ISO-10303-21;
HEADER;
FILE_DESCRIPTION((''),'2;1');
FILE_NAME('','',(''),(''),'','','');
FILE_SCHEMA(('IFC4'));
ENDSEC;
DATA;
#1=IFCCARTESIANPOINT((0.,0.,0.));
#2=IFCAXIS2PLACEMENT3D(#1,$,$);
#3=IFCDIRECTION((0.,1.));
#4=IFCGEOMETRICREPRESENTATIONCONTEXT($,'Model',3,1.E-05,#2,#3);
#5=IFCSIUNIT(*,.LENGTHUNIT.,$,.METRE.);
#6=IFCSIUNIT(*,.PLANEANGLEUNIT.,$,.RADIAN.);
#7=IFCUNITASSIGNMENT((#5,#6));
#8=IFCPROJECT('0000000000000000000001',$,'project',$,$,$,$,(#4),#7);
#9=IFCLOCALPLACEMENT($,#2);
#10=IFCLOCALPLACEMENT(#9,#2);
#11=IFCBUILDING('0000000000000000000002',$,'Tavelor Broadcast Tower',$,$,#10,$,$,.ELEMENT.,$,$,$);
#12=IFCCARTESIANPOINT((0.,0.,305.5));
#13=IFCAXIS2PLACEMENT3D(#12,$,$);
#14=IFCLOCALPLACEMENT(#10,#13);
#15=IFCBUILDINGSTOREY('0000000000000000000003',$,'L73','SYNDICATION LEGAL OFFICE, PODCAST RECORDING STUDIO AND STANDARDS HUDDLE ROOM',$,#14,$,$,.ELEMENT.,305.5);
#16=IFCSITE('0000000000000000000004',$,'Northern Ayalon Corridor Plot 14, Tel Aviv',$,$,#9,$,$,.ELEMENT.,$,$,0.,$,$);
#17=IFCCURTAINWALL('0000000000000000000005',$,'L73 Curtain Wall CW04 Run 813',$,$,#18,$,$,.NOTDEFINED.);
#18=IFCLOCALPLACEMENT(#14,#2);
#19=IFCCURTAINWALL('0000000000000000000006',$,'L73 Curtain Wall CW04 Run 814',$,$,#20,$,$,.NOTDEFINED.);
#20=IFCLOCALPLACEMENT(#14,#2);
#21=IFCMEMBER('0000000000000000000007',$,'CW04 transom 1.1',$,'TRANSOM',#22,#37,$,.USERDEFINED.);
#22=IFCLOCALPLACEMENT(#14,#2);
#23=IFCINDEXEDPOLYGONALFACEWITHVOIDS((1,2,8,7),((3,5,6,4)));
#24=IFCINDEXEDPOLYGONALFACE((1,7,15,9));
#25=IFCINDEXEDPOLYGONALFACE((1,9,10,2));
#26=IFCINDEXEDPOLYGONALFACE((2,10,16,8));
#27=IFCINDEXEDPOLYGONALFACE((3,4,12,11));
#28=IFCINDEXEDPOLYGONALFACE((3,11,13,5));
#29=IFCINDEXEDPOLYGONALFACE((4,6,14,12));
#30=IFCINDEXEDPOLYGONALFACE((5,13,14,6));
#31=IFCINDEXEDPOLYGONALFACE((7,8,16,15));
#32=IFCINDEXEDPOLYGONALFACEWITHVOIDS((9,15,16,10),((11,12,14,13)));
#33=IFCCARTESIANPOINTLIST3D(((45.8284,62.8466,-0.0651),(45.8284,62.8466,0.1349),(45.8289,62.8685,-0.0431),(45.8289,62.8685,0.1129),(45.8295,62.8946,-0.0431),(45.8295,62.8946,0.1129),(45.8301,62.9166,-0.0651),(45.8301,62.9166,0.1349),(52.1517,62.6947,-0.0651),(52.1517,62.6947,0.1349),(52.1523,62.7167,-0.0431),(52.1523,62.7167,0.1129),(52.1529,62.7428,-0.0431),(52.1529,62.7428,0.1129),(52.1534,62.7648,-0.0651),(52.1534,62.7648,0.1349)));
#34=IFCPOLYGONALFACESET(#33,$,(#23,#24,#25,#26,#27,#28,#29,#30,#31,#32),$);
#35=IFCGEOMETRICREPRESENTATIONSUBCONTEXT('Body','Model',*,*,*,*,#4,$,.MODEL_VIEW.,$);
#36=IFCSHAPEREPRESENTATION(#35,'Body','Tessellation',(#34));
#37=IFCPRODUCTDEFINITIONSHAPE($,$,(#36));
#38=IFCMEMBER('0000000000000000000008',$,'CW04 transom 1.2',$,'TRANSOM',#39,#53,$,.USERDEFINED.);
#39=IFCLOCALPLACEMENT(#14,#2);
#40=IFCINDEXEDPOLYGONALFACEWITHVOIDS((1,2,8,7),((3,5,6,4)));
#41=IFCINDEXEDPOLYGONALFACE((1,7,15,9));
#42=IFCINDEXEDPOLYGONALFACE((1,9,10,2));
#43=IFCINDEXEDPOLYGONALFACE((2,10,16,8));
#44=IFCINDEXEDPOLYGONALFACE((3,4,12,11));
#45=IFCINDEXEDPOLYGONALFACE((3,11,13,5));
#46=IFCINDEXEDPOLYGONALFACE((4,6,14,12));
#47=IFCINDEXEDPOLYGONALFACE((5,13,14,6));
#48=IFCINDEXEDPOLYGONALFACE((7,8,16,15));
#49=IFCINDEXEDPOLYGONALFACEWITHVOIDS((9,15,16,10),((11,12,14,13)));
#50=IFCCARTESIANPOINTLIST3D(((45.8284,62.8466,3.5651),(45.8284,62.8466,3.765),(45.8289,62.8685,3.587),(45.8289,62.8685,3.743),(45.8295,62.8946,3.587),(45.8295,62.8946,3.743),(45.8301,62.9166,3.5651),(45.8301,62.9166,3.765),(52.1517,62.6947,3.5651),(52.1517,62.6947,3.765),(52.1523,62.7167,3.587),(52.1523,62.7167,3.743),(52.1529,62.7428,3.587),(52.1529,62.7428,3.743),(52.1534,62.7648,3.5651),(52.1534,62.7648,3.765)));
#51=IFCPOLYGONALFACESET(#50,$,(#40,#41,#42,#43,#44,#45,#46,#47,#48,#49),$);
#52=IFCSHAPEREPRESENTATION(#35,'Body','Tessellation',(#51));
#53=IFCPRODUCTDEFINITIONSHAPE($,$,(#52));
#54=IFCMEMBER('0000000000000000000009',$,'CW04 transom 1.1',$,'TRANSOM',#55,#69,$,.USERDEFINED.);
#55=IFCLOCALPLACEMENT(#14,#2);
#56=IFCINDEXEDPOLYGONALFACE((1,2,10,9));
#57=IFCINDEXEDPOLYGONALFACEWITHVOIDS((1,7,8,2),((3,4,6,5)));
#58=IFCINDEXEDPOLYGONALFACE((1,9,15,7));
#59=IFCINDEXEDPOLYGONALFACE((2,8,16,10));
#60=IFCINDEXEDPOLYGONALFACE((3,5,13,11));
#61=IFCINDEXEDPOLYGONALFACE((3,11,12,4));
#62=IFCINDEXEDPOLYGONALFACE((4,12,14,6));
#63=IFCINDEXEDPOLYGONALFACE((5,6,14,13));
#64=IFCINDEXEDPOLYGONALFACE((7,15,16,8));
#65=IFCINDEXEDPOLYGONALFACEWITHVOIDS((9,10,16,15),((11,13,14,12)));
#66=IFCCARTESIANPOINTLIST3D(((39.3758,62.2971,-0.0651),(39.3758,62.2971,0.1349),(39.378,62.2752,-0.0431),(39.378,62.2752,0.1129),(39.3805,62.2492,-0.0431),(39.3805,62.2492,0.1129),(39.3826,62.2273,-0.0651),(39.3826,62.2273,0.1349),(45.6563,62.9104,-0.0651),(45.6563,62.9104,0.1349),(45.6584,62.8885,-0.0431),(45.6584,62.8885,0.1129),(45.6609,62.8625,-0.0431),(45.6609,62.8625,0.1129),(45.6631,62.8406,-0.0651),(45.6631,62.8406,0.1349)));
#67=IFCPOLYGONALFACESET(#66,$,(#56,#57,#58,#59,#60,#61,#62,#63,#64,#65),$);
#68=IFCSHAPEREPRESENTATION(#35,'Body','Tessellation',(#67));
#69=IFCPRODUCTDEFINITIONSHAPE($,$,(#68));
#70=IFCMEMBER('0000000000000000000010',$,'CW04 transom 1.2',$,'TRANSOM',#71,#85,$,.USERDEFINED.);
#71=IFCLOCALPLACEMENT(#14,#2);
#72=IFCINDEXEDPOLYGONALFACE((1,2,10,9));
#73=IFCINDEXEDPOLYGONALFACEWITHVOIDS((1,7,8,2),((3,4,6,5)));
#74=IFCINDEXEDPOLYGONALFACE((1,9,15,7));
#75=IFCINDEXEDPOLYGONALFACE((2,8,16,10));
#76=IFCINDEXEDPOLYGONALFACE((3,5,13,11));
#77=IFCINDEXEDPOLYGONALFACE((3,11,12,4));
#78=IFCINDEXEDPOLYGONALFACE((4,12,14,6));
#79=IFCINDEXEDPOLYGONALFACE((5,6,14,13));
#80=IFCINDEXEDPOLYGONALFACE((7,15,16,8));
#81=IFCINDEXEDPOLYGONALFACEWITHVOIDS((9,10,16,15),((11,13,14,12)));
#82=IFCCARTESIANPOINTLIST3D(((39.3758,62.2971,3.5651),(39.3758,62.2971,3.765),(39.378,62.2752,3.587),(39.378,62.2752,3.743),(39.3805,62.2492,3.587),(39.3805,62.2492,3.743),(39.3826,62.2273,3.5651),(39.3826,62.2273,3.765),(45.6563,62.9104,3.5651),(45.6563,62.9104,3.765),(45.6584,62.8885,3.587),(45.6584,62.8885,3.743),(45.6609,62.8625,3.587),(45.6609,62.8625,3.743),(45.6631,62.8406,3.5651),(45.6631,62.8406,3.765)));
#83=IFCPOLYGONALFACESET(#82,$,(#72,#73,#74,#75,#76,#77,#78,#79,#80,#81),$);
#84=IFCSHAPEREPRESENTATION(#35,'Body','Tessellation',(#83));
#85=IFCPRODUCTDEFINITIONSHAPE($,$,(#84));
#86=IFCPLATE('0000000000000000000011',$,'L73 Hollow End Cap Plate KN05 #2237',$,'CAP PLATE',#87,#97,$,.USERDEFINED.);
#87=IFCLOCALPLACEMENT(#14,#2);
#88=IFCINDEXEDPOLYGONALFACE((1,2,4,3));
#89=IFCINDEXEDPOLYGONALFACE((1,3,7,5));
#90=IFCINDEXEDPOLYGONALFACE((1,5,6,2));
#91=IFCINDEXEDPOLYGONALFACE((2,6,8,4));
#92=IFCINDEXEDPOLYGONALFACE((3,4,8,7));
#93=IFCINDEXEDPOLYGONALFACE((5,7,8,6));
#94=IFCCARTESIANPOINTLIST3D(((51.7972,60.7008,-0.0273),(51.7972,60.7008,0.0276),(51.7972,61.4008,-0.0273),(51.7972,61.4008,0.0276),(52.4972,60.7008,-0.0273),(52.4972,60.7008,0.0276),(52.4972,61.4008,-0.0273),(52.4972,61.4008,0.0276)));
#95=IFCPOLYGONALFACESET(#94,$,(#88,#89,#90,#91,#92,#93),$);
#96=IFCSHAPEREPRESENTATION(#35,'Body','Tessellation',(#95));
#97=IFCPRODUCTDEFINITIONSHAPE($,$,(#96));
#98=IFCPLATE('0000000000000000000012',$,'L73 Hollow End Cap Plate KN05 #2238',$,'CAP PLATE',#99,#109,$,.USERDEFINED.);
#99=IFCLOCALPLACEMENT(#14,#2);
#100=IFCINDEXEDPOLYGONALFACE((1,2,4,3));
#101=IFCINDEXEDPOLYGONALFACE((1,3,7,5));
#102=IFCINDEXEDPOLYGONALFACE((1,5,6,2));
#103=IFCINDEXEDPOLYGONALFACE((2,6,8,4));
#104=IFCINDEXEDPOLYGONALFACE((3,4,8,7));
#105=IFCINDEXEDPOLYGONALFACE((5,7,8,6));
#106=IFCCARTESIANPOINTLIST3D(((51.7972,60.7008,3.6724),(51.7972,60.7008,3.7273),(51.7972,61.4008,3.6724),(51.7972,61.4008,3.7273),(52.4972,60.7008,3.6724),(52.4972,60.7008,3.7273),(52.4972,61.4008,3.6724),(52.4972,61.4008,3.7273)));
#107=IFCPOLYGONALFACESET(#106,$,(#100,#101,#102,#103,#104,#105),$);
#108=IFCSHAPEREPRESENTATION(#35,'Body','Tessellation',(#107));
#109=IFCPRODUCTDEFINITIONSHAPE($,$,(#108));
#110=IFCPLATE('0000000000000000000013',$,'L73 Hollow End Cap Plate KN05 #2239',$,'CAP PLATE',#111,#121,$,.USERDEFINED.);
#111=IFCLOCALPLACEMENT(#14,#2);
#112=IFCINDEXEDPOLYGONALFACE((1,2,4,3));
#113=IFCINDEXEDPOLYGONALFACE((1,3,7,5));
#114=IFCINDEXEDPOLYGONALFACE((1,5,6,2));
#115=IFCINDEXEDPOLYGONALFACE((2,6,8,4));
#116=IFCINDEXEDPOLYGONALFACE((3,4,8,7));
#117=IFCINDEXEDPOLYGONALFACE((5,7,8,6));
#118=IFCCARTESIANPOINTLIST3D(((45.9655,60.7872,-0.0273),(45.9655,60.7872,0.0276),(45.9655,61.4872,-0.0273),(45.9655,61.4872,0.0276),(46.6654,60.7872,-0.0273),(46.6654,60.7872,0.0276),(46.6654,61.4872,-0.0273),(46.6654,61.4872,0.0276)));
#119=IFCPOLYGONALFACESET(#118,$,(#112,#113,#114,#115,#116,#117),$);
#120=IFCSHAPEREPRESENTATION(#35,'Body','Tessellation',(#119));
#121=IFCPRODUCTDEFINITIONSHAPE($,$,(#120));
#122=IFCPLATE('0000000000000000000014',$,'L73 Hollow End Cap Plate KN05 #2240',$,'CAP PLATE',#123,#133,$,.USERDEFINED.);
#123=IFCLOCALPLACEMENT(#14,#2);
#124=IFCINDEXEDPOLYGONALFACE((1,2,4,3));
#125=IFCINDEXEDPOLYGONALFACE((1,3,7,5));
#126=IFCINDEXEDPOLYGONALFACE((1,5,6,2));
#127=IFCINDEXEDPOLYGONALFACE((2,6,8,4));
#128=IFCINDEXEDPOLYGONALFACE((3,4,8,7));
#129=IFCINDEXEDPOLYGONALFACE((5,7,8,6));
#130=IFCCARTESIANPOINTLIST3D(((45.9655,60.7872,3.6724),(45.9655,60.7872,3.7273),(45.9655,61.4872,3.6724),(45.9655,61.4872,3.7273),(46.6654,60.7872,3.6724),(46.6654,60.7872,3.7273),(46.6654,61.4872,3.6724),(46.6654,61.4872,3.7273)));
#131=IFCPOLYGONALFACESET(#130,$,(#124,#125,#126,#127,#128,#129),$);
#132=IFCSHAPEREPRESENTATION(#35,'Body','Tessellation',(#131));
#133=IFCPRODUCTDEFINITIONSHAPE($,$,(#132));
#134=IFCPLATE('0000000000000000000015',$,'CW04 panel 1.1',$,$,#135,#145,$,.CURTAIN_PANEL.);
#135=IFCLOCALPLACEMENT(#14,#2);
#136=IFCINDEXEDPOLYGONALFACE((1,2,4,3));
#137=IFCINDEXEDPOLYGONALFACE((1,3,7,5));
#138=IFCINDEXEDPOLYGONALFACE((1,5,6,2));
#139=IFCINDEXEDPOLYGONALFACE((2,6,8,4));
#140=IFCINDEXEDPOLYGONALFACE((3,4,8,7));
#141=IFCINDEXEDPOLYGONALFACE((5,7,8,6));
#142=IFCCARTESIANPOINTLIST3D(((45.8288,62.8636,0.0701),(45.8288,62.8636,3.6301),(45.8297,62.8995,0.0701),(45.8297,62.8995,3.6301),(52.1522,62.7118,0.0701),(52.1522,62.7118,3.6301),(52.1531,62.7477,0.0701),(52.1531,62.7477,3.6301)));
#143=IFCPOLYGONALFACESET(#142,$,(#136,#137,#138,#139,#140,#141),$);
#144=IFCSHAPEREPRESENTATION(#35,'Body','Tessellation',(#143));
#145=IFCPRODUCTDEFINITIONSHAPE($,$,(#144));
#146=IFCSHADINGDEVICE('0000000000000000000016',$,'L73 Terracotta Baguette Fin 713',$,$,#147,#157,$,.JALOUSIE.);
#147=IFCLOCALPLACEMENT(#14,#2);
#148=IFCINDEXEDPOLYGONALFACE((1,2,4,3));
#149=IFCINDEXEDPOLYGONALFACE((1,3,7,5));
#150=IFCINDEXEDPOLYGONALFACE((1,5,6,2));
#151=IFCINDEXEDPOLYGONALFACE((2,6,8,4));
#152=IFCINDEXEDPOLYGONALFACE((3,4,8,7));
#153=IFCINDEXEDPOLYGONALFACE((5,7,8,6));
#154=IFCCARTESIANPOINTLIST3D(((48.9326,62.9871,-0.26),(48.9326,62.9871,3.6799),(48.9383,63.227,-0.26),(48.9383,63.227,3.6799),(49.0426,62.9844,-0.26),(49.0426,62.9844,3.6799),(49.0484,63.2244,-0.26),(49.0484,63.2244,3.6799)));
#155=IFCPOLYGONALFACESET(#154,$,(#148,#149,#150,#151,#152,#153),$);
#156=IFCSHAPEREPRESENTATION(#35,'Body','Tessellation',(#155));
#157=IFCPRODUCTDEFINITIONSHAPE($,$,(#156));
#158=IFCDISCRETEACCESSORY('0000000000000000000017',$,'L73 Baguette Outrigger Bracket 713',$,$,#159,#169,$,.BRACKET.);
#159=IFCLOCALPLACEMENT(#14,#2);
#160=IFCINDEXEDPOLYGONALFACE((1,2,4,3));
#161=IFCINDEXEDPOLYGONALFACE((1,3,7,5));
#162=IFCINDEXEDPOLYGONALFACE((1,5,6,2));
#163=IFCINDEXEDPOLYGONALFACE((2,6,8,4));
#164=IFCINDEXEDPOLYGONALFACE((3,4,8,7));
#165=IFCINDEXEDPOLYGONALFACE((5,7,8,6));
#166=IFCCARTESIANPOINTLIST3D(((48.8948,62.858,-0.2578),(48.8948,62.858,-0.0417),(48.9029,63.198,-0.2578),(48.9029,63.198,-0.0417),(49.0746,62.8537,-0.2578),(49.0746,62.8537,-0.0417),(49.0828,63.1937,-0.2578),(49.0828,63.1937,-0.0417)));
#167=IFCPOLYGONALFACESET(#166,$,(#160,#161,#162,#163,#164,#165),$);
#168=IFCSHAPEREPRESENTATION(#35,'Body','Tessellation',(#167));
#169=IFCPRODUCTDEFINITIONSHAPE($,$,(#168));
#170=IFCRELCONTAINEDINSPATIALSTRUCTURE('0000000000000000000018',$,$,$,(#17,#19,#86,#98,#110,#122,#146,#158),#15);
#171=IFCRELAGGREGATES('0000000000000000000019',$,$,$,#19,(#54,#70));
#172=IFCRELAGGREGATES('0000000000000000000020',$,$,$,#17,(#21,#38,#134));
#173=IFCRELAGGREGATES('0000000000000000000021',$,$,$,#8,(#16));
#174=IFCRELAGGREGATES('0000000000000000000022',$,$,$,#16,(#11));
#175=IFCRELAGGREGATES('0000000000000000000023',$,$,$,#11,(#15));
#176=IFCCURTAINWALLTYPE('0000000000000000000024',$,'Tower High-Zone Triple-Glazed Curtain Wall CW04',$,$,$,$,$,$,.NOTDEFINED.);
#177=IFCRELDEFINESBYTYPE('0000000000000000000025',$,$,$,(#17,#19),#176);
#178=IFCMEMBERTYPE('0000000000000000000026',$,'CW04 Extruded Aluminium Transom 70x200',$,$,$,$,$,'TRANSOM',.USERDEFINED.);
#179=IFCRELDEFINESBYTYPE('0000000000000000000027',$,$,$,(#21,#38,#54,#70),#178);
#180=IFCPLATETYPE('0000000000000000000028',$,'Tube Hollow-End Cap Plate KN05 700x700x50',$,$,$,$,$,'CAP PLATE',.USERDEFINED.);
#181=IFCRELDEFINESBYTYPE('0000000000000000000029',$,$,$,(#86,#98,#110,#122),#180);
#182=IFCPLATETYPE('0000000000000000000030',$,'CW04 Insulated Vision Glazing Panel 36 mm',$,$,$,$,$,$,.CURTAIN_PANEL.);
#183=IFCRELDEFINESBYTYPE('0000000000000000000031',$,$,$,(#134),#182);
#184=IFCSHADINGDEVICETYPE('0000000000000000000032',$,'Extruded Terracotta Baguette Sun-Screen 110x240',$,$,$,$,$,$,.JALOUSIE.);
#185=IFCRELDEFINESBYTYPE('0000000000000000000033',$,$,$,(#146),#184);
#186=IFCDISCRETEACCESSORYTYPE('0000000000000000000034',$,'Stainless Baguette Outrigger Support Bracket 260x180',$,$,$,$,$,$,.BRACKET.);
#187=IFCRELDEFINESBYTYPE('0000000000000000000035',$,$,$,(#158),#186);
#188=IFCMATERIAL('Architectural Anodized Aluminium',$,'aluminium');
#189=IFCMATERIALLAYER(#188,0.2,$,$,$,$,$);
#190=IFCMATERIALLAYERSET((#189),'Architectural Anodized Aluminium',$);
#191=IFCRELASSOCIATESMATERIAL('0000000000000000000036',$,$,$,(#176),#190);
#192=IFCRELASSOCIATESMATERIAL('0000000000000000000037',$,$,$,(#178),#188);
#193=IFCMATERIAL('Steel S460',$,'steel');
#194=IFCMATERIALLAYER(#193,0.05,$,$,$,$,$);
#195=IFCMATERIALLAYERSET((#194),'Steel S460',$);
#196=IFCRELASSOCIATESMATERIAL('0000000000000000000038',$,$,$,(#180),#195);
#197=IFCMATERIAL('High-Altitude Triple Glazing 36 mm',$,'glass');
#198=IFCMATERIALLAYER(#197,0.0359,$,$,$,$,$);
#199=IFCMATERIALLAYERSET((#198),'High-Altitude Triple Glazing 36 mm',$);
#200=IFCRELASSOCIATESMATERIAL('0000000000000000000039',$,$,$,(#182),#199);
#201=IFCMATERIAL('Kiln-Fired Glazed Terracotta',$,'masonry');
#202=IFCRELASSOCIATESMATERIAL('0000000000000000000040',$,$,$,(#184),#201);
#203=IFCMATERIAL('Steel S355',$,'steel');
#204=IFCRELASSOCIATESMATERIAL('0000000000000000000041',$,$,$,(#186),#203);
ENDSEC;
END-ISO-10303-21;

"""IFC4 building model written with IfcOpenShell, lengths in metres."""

from ifc_helpers import new_model, si_unit, direction, frame, origin, origin_2d, place, context, subcontext, project, spatial, rectangle, hollow_rectangle, extrude, source, transform, mapped, material, layer, layer_set, material_profile, profile_set, type_object, type_shapes, element, aggregate, save


model = new_model("IFC4")

# Units and contexts
model_context = context("Model", 3, precision=1e-05, world=origin(), true_north=direction((0.0, 1.0)))
body_context = subcontext(model_context, "Body", "Model", "MODEL_VIEW")
ifc_project = project(units=[si_unit("LENGTHUNIT", "METRE"), si_unit("PLANEANGLEUNIT", "RADIAN")], contexts=[model_context])

# Site, building, storey
site_placement = place(None, origin())
site = spatial("IfcSite", under=ifc_project, at=site_placement, Name="Northern Ayalon Corridor Plot 14, Tel Aviv", CompositionType="ELEMENT", RefElevation=0.0)
building_placement = place(site_placement, origin())
building = spatial("IfcBuilding", under=site, at=building_placement, Name="Tavelor Broadcast Tower", CompositionType="ELEMENT")
storey_placement = place(building_placement, frame((0.0, 0.0, 305.5)))
storey = spatial("IfcBuildingStorey", under=building, at=storey_placement, Name="L73", Description="SYNDICATION LEGAL OFFICE, PODCAST RECORDING STUDIO AND STANDARDS HUDDLE ROOM", CompositionType="ELEMENT", Elevation=305.5)

# Shared definitions
ifc_material_1 = material(Name="Steel S460", Category="steel")

# Shared definitions
ifc_material_2 = material(Name="Steel S355", Category="steel")

# Curtain wall
ifc_material_3 = material(Name="Architectural Anodized Aluminium", Category="aluminium")
ifc_layer_1 = layer(ifc_material_3, 0.2)
ifc_layer_set_1 = layer_set([ifc_layer_1], Name="Architectural Anodized Aluminium")
curtain_wall_type = type_object("IfcCurtainWallType", Name="Tower High-Zone Triple-Glazed Curtain Wall CW04", PredefinedType="NOTDEFINED", material=ifc_layer_set_1)
curtain_wall_1_placement = place(storey_placement, origin())
curtain_wall_1 = element("IfcCurtainWall", 1, at=curtain_wall_1_placement, inside=storey, type_object=curtain_wall_type, Name="L73 Curtain Wall CW04 Run 813", PredefinedType="NOTDEFINED")

# Curtain wall
curtain_wall_2_placement = place(storey_placement, origin())
curtain_wall_2 = element("IfcCurtainWall", 2, at=curtain_wall_2_placement, inside=storey, type_object=curtain_wall_type, Name="L73 Curtain Wall CW04 Run 814", PredefinedType="NOTDEFINED")

# Members
ifc_material_profile_1 = material_profile(ifc_material_3, hollow_rectangle(XDim=0.0701, YDim=0.2, WallThickness=0.022, at=origin_2d()), Name="RHS 70x200x22")
ifc_profile_set_1 = profile_set([ifc_material_profile_1], Name="Architectural Anodized Aluminium")
member_type_1 = type_object("IfcMemberType", Name="CW04 Extruded Aluminium Transom 70x200", ElementType="TRANSOM", PredefinedType="USERDEFINED", material=ifc_profile_set_1)
shared_shape_1 = source(origin(), body_context, "Body", "SweptSolid", [
    extrude(hollow_rectangle(XDim=0.0701, YDim=0.2, WallThickness=0.022, at=origin_2d()), origin(), (0.0, 0.0, 1.0), 6.3252),
])
member_1_placement = place(storey_placement, frame((52.1526, 62.7297, 0.0349), z_axis=(-0.999712, 0.024008, 0.0), x_axis=(-0.024008, -0.999712, 0.0)))
member_1 = element("IfcMember", 3, at=member_1_placement, type_object=member_type_1, Name="CW04 transom 1.1", ObjectType="TRANSOM", PredefinedType="USERDEFINED", context=body_context, shape_type="MappedRepresentation", body=[
    mapped(shared_shape_1, transform((0.0, 0.0, 0.0), scale=1.0)),
])
member_2_placement = place(storey_placement, frame((52.1526, 62.7297, 3.665), z_axis=(-0.999712, 0.024008, 0.0), x_axis=(-0.024008, -0.999712, 0.0)))
member_2 = element("IfcMember", 4, at=member_2_placement, type_object=member_type_1, Name="CW04 transom 1.2", ObjectType="TRANSOM", PredefinedType="USERDEFINED", context=body_context, shape_type="MappedRepresentation", body=[
    mapped(shared_shape_1, transform((0.0, 0.0, 0.0), scale=1.0)),
])
shared_shape_2 = source(origin(), body_context, "Body", "SweptSolid", [
    extrude(hollow_rectangle(XDim=0.0701, YDim=0.2, WallThickness=0.022, at=origin_2d()), origin(), (0.0, 0.0, 1.0), 6.3103),
])
type_shapes(member_type_1, [shared_shape_1, shared_shape_2])
member_3_placement = place(storey_placement, frame((45.6597, 62.8755, 0.0349), z_axis=(-0.995266, -0.097186, 0.0), x_axis=(0.097186, -0.995266, 0.0)))
member_3 = element("IfcMember", 5, at=member_3_placement, type_object=member_type_1, Name="CW04 transom 1.1", ObjectType="TRANSOM", PredefinedType="USERDEFINED", context=body_context, shape_type="MappedRepresentation", body=[
    mapped(shared_shape_2, transform((0.0, 0.0, 0.0), scale=1.0)),
])
member_4_placement = place(storey_placement, frame((45.6597, 62.8755, 3.665), z_axis=(-0.995266, -0.097186, 0.0), x_axis=(0.097186, -0.995266, 0.0)))
member_4 = element("IfcMember", 6, at=member_4_placement, type_object=member_type_1, Name="CW04 transom 1.2", ObjectType="TRANSOM", PredefinedType="USERDEFINED", context=body_context, shape_type="MappedRepresentation", body=[
    mapped(shared_shape_2, transform((0.0, 0.0, 0.0), scale=1.0)),
])
aggregate(curtain_wall_2, [member_3, member_4])

# Plates
ifc_layer_2 = layer(ifc_material_1, 0.05)
ifc_layer_set_2 = layer_set([ifc_layer_2], Name="Steel S460")
plate_type_1 = type_object("IfcPlateType", Name="Tube Hollow-End Cap Plate KN05 700x700x50", ElementType="CAP PLATE", PredefinedType="USERDEFINED", material=ifc_layer_set_2)
shared_shape_3 = source(origin(), body_context, "Body", "SweptSolid", [
    extrude(rectangle(XDim=0.7, YDim=0.7, at=origin_2d()), origin(), (0.0, 0.0, 1.0), 0.0549),
])
type_shapes(plate_type_1, [shared_shape_3])
for number, where, z_axis, x_axis, name in (
    (7, (52.1472, 61.0508, -0.0273), (0.0, 0.0, 1.0), (1.0, 0.0, 0.0), "L73 Hollow End Cap Plate KN05 #2237"),
    (8, (52.1472, 61.0508, 3.6724), (0.0, 0.0, 1.0), (1.0, 0.0, 0.0), "L73 Hollow End Cap Plate KN05 #2238"),
    (9, (46.3154, 61.1372, -0.0273), (0.0, 0.0, 1.0), (1.0, 0.0, 0.0), "L73 Hollow End Cap Plate KN05 #2239"),
    (10, (46.3154, 61.1372, 3.6724), (0.0, 0.0, 1.0), (1.0, 0.0, 0.0), "L73 Hollow End Cap Plate KN05 #2240"),
):
    element("IfcPlate", number, at=place(storey_placement, frame(where, z_axis=z_axis, x_axis=x_axis)), inside=storey, type_object=plate_type_1, Name=name, ObjectType="CAP PLATE", PredefinedType="USERDEFINED", context=body_context, shape_type="MappedRepresentation", body=[
        mapped(shared_shape_3, transform((0.0, 0.0, 0.0), scale=1.0)),
    ])

# Plate
ifc_material_4 = material(Name="High-Altitude Triple Glazing 36 mm", Category="glass")
ifc_layer_3 = layer(ifc_material_4, 0.0359)
ifc_layer_set_3 = layer_set([ifc_layer_3], Name="High-Altitude Triple Glazing 36 mm")
plate_type_2 = type_object("IfcPlateType", Name="CW04 Insulated Vision Glazing Panel 36 mm", PredefinedType="CURTAIN_PANEL", material=ifc_layer_set_3)
shared_shape_4 = source(origin(), body_context, "Body", "SweptSolid", [
    extrude(rectangle(XDim=6.3252, YDim=0.0359, at=origin_2d()), origin(), (0.0, 0.0, 1.0), 3.5601),
])
type_shapes(plate_type_2, [shared_shape_4])
plate_placement = place(storey_placement, frame((48.991, 62.8057, 0.0701), z_axis=(0.0, 0.0, 1.0), x_axis=(-0.999712, 0.024005, 0.0)))
plate = element("IfcPlate", 11, at=plate_placement, type_object=plate_type_2, Name="CW04 panel 1.1", PredefinedType="CURTAIN_PANEL", context=body_context, shape_type="MappedRepresentation", body=[
    mapped(shared_shape_4, transform((0.0, 0.0, 0.0), scale=1.0)),
])
aggregate(curtain_wall_1, [member_1, member_2, plate])

# Shading device
ifc_material_5 = material(Name="Kiln-Fired Glazed Terracotta", Category="masonry")
shading_device_type = type_object("IfcShadingDeviceType", Name="Extruded Terracotta Baguette Sun-Screen 110x240", PredefinedType="JALOUSIE", material=ifc_material_5)
shared_shape_5 = source(origin(), body_context, "Body", "SweptSolid", [
    extrude(rectangle(XDim=0.1101, YDim=0.24, at=origin_2d()), origin(), (0.0, 0.0, 1.0), 3.9399),
])
type_shapes(shading_device_type, [shared_shape_5])
shading_device_placement = place(storey_placement, frame((48.9905, 63.1057, -0.26), z_axis=(0.0, 0.0, 1.0), x_axis=(-0.999714, 0.023909, 0.0)))
element("IfcShadingDevice", 12, at=shading_device_placement, inside=storey, type_object=shading_device_type, Name="L73 Terracotta Baguette Fin 713", PredefinedType="JALOUSIE", context=body_context, shape_type="MappedRepresentation", body=[
    mapped(shared_shape_5, transform((0.0, 0.0, 0.0), scale=1.0)),
])

# Discrete accessory
discrete_accessory_type = type_object("IfcDiscreteAccessoryType", Name="Stainless Baguette Outrigger Support Bracket 260x180", PredefinedType="BRACKET", material=ifc_material_2)
shared_shape_6 = source(origin(), body_context, "Body", "SweptSolid", [
    extrude(rectangle(XDim=0.1799, YDim=0.3401, at=origin_2d()), origin(), (0.0, 0.0, 1.0), 0.2161),
])
type_shapes(discrete_accessory_type, [shared_shape_6])
discrete_accessory_placement = place(storey_placement, frame((48.9888, 63.0259, -0.2578), z_axis=(0.0, 0.0, 1.0), x_axis=(-0.999714, 0.023909, 0.0)))
element("IfcDiscreteAccessory", 13, at=discrete_accessory_placement, inside=storey, type_object=discrete_accessory_type, Name="L73 Baguette Outrigger Bracket 713", PredefinedType="BRACKET", context=body_context, shape_type="MappedRepresentation", body=[
    mapped(shared_shape_6, transform((0.0, 0.0, 0.0), scale=1.0)),
])

save(model, "model.ifc")
